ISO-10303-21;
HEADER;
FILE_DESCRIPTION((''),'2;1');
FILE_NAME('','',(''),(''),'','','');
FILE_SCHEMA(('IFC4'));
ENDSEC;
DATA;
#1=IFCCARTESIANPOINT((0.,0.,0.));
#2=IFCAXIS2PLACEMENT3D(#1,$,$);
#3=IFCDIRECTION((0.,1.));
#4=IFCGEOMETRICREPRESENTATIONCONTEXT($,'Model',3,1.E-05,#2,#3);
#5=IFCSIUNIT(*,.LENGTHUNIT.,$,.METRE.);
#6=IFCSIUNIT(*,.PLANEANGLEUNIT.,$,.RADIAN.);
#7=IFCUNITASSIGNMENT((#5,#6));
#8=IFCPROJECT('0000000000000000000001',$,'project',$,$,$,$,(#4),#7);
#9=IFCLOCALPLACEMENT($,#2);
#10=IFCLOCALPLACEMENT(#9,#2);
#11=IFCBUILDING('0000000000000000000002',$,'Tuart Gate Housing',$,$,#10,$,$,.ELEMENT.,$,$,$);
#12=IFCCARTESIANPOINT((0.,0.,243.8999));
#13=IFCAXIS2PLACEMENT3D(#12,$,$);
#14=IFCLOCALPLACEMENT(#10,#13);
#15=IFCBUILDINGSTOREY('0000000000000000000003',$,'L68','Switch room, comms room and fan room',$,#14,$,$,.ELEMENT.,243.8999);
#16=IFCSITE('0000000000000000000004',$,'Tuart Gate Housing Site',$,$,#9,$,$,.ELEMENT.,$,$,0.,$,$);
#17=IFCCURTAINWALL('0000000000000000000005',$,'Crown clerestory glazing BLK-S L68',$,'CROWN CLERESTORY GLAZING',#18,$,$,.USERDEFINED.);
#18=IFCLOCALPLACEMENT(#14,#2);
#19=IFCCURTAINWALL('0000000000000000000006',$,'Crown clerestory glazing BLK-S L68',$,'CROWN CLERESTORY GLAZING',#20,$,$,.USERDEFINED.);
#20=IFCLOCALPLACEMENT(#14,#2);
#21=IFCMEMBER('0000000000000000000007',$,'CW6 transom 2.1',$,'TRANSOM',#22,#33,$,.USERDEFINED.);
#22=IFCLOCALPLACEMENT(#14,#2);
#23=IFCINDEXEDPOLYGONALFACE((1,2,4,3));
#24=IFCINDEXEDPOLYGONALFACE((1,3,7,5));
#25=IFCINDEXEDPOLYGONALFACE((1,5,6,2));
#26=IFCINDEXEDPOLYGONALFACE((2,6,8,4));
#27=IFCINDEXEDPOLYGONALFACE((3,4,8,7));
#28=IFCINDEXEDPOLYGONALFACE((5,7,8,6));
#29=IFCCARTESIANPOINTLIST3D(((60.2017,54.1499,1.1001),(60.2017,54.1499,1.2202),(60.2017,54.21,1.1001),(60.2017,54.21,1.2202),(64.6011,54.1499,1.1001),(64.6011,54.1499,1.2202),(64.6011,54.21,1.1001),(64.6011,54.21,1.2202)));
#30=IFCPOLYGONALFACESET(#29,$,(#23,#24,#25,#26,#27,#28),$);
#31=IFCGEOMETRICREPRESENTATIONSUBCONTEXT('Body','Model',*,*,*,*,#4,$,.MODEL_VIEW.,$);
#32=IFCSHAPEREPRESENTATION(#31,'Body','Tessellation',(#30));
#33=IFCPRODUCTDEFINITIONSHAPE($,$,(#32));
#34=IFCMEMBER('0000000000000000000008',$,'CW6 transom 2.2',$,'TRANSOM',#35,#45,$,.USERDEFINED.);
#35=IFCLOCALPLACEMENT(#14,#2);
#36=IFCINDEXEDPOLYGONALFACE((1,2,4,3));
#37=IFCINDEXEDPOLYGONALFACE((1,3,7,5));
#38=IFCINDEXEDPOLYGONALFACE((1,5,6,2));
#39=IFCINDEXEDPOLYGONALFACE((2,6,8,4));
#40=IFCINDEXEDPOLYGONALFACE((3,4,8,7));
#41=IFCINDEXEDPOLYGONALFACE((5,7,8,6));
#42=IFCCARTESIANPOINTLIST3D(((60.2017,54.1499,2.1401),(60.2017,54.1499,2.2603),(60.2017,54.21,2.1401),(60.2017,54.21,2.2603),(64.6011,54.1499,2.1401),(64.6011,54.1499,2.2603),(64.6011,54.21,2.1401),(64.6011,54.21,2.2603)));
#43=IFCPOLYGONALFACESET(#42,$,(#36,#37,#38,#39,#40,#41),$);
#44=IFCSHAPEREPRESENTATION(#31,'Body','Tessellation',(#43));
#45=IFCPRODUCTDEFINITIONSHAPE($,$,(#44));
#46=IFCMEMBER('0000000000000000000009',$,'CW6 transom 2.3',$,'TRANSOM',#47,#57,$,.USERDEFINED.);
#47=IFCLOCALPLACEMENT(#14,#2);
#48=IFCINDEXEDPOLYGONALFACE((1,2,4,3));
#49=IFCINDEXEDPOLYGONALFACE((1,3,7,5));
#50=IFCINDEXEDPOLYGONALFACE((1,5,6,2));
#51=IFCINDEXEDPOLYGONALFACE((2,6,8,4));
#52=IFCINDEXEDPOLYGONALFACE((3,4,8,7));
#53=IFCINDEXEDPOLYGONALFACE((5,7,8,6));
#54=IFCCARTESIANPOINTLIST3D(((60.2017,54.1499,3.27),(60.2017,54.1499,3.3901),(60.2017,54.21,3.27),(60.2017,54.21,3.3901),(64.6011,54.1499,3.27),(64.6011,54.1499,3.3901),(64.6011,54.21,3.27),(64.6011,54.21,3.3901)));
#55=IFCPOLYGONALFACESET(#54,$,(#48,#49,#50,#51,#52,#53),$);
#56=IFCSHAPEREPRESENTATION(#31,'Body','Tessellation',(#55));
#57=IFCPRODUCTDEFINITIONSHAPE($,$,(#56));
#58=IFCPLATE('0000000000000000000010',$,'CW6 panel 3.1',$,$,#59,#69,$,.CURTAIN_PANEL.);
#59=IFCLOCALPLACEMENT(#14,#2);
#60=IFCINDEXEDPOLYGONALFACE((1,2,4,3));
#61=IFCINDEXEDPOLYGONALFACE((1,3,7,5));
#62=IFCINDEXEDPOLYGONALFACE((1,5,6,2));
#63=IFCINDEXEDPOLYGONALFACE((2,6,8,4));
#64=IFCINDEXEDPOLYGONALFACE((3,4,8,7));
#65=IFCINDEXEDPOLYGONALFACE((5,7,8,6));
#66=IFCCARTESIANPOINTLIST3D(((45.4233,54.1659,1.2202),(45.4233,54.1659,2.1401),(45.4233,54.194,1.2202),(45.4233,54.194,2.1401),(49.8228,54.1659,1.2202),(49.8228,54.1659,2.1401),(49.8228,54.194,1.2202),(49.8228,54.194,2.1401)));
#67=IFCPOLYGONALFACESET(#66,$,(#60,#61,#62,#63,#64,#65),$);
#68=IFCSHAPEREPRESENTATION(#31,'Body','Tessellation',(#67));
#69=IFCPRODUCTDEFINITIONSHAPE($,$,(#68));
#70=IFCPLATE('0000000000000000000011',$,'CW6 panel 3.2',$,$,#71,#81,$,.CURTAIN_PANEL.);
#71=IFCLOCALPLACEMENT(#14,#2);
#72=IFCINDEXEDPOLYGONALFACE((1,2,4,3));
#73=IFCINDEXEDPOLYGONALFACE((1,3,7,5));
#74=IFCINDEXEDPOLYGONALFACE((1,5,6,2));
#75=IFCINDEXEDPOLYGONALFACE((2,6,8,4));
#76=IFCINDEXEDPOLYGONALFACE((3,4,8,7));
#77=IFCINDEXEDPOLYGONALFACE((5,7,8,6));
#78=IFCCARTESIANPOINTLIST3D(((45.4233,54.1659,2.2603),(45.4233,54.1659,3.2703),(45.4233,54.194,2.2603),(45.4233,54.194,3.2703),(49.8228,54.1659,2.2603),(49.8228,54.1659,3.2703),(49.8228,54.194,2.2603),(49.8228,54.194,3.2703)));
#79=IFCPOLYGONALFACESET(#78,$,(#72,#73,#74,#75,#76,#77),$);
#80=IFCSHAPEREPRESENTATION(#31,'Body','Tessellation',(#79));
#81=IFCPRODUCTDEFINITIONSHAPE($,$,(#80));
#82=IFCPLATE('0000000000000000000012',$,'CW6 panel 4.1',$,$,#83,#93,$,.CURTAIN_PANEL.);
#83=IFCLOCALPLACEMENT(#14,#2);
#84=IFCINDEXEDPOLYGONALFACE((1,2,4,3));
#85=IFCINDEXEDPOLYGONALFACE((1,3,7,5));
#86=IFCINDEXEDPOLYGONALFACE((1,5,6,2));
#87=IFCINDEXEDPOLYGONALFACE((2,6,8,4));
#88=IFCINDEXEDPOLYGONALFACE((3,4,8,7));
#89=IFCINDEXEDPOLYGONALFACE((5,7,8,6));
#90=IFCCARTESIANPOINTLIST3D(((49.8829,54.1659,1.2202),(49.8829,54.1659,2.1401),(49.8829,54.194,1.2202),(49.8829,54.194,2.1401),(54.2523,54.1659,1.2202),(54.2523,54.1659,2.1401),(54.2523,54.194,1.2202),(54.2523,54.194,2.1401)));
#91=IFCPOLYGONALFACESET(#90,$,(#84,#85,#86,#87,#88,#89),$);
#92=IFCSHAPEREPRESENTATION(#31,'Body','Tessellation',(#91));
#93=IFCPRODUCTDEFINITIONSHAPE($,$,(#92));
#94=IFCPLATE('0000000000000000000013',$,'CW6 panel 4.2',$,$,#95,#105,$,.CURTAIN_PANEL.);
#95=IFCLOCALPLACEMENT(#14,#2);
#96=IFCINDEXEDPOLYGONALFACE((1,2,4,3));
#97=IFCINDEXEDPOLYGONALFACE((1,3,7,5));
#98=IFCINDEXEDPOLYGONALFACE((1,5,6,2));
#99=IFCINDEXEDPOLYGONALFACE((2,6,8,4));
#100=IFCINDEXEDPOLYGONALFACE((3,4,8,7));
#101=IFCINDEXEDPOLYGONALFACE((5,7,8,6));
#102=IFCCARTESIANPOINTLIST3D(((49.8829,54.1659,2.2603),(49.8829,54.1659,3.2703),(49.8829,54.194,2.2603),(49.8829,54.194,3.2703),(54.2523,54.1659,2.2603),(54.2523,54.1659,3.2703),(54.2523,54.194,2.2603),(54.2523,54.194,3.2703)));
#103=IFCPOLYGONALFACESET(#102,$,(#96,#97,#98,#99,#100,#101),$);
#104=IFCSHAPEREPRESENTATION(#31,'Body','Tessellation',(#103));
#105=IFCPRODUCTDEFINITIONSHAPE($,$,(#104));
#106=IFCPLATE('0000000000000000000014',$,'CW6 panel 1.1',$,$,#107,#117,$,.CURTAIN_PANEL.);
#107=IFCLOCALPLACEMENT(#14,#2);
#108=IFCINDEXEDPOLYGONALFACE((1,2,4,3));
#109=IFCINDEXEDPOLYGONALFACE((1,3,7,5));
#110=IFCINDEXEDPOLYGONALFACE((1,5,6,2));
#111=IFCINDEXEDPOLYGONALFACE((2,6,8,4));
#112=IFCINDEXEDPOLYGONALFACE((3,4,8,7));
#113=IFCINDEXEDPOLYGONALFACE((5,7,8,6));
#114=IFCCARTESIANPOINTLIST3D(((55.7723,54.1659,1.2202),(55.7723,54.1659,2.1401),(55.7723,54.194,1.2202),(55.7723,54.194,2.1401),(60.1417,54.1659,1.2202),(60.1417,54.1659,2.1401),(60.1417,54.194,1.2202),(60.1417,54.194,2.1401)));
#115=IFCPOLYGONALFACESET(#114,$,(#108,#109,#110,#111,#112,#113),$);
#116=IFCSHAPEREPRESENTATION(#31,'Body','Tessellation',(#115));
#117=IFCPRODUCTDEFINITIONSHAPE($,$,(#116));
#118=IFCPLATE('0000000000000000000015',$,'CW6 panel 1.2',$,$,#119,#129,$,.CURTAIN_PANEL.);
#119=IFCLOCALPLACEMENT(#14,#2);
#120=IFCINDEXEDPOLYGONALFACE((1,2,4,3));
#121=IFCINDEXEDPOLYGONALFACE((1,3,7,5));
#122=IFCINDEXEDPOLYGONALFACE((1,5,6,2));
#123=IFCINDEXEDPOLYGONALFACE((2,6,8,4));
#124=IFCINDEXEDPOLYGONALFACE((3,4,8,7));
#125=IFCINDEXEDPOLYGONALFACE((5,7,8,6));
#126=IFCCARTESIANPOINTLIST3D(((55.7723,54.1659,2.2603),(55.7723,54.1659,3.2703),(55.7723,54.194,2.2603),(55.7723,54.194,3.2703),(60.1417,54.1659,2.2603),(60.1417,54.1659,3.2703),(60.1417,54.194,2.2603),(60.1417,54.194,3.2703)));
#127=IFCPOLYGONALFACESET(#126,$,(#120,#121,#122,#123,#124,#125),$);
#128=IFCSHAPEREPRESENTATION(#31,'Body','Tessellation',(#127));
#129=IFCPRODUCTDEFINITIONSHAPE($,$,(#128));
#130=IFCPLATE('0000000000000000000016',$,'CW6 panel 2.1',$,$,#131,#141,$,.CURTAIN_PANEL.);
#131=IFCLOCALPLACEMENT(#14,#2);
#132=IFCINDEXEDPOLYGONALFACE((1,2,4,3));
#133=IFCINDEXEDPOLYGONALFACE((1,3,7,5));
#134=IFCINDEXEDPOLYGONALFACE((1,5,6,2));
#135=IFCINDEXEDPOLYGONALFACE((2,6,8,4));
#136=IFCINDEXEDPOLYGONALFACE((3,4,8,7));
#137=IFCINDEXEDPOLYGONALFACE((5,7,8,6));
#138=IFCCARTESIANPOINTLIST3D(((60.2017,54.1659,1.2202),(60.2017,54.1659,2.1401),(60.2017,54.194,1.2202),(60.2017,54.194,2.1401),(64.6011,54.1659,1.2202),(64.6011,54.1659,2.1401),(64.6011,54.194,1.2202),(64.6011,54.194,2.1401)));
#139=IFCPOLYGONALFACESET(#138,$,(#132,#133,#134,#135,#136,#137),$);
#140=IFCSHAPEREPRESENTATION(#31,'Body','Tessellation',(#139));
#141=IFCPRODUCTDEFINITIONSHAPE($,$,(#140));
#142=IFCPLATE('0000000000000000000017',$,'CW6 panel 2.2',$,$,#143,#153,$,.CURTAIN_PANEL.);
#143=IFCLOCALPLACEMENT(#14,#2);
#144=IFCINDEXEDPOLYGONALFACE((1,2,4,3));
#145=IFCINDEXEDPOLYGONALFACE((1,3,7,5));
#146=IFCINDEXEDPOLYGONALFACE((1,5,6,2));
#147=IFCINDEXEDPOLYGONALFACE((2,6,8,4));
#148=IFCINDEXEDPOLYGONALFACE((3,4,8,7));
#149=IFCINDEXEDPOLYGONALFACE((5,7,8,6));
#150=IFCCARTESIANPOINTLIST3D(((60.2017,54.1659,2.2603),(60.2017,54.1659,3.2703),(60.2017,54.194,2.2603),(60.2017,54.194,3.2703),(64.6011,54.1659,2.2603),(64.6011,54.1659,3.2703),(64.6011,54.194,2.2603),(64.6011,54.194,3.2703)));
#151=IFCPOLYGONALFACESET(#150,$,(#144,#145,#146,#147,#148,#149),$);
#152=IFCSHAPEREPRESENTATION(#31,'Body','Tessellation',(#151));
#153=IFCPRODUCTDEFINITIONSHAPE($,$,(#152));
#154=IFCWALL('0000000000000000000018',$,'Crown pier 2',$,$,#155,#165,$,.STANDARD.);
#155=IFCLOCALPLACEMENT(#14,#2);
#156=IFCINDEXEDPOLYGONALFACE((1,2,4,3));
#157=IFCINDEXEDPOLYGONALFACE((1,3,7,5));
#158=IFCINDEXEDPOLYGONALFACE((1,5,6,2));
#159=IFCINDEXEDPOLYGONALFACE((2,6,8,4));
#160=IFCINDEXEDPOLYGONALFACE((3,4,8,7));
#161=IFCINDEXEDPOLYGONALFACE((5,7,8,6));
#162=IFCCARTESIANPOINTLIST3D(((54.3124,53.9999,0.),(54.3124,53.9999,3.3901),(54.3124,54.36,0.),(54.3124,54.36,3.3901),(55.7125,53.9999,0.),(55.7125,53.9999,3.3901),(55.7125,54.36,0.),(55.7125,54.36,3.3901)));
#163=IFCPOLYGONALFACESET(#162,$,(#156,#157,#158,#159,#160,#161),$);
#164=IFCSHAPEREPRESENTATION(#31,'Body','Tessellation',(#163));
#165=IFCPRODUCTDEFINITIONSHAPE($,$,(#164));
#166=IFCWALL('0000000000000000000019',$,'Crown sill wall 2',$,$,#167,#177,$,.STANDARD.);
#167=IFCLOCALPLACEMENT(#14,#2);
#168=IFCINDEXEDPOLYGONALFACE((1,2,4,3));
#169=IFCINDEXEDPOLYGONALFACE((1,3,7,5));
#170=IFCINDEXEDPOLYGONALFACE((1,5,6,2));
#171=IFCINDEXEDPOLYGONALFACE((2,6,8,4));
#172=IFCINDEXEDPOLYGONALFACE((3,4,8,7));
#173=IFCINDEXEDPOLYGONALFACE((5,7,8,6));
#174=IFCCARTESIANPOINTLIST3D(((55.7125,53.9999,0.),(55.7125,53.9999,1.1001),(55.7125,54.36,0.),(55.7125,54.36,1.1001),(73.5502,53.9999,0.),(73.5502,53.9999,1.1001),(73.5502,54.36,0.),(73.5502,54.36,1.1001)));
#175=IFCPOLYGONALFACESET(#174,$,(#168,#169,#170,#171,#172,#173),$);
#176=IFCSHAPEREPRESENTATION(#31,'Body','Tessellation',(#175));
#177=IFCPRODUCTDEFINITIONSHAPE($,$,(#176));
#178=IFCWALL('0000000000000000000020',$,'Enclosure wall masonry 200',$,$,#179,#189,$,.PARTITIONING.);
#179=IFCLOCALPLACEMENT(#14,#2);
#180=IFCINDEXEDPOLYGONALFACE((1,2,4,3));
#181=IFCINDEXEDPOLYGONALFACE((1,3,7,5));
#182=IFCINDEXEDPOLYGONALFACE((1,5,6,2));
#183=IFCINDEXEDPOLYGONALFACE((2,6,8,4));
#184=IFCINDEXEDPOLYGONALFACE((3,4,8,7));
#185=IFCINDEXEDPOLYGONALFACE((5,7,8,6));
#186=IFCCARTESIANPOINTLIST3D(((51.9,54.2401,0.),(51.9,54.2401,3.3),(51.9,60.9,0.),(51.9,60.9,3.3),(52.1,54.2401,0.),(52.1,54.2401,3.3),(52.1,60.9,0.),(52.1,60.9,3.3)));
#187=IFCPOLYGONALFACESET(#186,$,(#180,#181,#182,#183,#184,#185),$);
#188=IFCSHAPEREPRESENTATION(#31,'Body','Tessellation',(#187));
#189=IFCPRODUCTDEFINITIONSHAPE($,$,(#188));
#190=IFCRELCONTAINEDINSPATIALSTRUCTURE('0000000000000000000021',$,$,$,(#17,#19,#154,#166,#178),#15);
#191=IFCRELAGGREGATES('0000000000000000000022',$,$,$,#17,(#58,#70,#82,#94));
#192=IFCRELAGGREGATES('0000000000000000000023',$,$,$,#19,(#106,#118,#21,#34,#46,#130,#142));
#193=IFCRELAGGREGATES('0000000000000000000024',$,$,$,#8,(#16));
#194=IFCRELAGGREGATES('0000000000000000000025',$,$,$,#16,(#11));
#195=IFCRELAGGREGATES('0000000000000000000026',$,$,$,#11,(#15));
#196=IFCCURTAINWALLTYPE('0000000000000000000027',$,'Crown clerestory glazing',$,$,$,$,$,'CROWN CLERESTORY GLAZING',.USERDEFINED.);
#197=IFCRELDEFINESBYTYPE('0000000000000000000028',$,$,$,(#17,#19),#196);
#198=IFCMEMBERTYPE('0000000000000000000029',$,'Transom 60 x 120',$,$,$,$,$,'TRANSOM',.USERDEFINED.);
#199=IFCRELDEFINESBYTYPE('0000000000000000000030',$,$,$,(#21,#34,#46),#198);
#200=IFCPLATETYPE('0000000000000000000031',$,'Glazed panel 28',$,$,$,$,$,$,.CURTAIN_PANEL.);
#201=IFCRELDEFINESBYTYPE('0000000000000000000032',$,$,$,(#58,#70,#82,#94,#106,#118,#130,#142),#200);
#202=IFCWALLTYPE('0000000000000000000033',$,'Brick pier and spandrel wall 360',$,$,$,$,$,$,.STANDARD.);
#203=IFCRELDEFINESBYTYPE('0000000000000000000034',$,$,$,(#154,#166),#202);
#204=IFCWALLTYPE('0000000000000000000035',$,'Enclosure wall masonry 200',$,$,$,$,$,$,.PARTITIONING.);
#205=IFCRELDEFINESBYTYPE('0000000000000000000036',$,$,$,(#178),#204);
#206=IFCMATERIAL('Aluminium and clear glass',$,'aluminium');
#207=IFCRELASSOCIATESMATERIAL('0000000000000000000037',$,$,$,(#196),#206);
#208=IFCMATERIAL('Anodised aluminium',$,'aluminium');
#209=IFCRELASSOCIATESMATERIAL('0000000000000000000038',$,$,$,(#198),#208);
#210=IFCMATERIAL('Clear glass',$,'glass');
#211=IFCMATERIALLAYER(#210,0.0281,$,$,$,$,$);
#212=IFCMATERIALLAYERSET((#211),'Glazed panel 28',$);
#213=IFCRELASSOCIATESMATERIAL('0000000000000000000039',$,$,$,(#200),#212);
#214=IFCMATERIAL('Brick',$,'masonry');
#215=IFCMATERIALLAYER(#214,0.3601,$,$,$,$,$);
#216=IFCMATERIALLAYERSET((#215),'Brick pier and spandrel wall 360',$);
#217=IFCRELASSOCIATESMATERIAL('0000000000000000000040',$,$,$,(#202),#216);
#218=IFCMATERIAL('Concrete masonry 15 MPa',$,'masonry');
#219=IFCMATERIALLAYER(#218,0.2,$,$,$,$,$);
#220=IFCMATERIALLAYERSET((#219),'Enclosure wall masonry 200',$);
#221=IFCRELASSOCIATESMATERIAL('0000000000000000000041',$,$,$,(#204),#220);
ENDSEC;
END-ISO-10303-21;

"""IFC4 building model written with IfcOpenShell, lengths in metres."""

from ifc_helpers import new_model, si_unit, direction, frame, frame_2d, origin, origin_2d, place, context, subcontext, project, spatial, rectangle, extrude, material, layer, layer_set, material_profile, profile_set, type_object, element, aggregate, save


model = new_model("IFC4")

# Units and contexts
model_context = context("Model", 3, precision=1e-05, world=origin(), true_north=direction((0.0, 1.0)))
body_context = subcontext(model_context, "Body", "Model", "MODEL_VIEW")
ifc_project = project(units=[si_unit("LENGTHUNIT", "METRE"), si_unit("PLANEANGLEUNIT", "RADIAN")], contexts=[model_context])

# Site, building, storey
site_placement = place(None, origin())
site = spatial("IfcSite", under=ifc_project, at=site_placement, Name="Tuart Gate Housing Site", CompositionType="ELEMENT", RefElevation=0.0)
building_placement = place(site_placement, origin())
building = spatial("IfcBuilding", under=site, at=building_placement, Name="Tuart Gate Housing", CompositionType="ELEMENT")
storey_placement = place(building_placement, frame((0.0, 0.0, 243.8999)))
storey = spatial("IfcBuildingStorey", under=building, at=storey_placement, Name="L68", Description="Switch room, comms room and fan room", CompositionType="ELEMENT", Elevation=243.8999)

# Curtain walls
ifc_material_1 = material(Name="Aluminium and clear glass", Category="aluminium")
curtain_wall_type = type_object("IfcCurtainWallType", Name="Crown clerestory glazing", ElementType="CROWN CLERESTORY GLAZING", PredefinedType="USERDEFINED", material=ifc_material_1)
curtain_wall_1_placement = place(storey_placement, origin())
curtain_wall_1 = element("IfcCurtainWall", 1, at=curtain_wall_1_placement, inside=storey, type_object=curtain_wall_type, Name="Crown clerestory glazing BLK-S L68", ObjectType="CROWN CLERESTORY GLAZING", PredefinedType="USERDEFINED")
curtain_wall_2_placement = place(storey_placement, origin())
curtain_wall_2 = element("IfcCurtainWall", 2, at=curtain_wall_2_placement, inside=storey, type_object=curtain_wall_type, Name="Crown clerestory glazing BLK-S L68", ObjectType="CROWN CLERESTORY GLAZING", PredefinedType="USERDEFINED")

# Members
ifc_material_2 = material(Name="Anodised aluminium", Category="aluminium")
ifc_material_profile_1 = material_profile(ifc_material_2, rectangle(XDim=0.0601, YDim=0.1201, at=origin_2d()), Name="60x120")
ifc_profile_set_1 = profile_set([ifc_material_profile_1], Name="Anodised aluminium")
member_type_1 = type_object("IfcMemberType", Name="Transom 60 x 120", ElementType="TRANSOM", PredefinedType="USERDEFINED", material=ifc_profile_set_1)
member_1_placement = place(storey_placement, frame((60.2017, 54.1799, 1.1602), z_axis=(1.0, 0.0, 0.0), x_axis=(0.0, 1.0, 0.0)))
member_1 = element("IfcMember", 3, at=member_1_placement, type_object=member_type_1, Name="CW6 transom 2.1", ObjectType="TRANSOM", PredefinedType="USERDEFINED", context=body_context, shape_type="SweptSolid", body=[
    extrude(rectangle(XDim=0.0601, YDim=0.1201, at=origin_2d()), origin(), (0.0, 0.0, 1.0), 4.3994),
])
member_2_placement = place(storey_placement, frame((60.2017, 54.1799, 2.2002), z_axis=(1.0, 0.0, 0.0), x_axis=(0.0, 1.0, 0.0)))
member_2 = element("IfcMember", 4, at=member_2_placement, type_object=member_type_1, Name="CW6 transom 2.2", ObjectType="TRANSOM", PredefinedType="USERDEFINED", context=body_context, shape_type="SweptSolid", body=[
    extrude(rectangle(XDim=0.0601, YDim=0.1201, at=origin_2d()), origin(), (0.0, 0.0, 1.0), 4.3994),
])
member_3_placement = place(storey_placement, frame((60.2017, 54.1799, 3.3301), z_axis=(1.0, 0.0, 0.0), x_axis=(0.0, 1.0, 0.0)))
member_3 = element("IfcMember", 5, at=member_3_placement, type_object=member_type_1, Name="CW6 transom 2.3", ObjectType="TRANSOM", PredefinedType="USERDEFINED", context=body_context, shape_type="SweptSolid", body=[
    extrude(rectangle(XDim=0.0601, YDim=0.1201, at=origin_2d()), origin(), (0.0, 0.0, 1.0), 4.3994),
])

# Plates
ifc_material_3 = material(Name="Clear glass", Category="glass")
ifc_layer_1 = layer(ifc_material_3, 0.0281)
ifc_layer_set_1 = layer_set([ifc_layer_1], Name="Glazed panel 28")
plate_type = type_object("IfcPlateType", Name="Glazed panel 28", PredefinedType="CURTAIN_PANEL", material=ifc_layer_set_1)
plate_1_placement = place(storey_placement, frame((47.623, 54.1799, 1.2202), z_axis=(0.0, 0.0, 1.0), x_axis=(1.0, 0.0, 0.0)))
plate_1 = element("IfcPlate", 6, at=plate_1_placement, type_object=plate_type, Name="CW6 panel 3.1", PredefinedType="CURTAIN_PANEL", context=body_context, shape_type="SweptSolid", body=[
    extrude(rectangle(XDim=4.3994, YDim=0.0281, at=origin_2d()), origin(), (0.0, 0.0, 1.0), 0.9199),
])
plate_2_placement = place(storey_placement, frame((47.623, 54.1799, 2.2603), z_axis=(0.0, 0.0, 1.0), x_axis=(1.0, 0.0, 0.0)))
plate_2 = element("IfcPlate", 7, at=plate_2_placement, type_object=plate_type, Name="CW6 panel 3.2", PredefinedType="CURTAIN_PANEL", context=body_context, shape_type="SweptSolid", body=[
    extrude(rectangle(XDim=4.3994, YDim=0.0281, at=origin_2d()), origin(), (0.0, 0.0, 1.0), 1.01),
])
plate_3_placement = place(storey_placement, frame((52.0676, 54.1799, 1.2202), z_axis=(0.0, 0.0, 1.0), x_axis=(1.0, 0.0, 0.0)))
plate_3 = element("IfcPlate", 8, at=plate_3_placement, type_object=plate_type, Name="CW6 panel 4.1", PredefinedType="CURTAIN_PANEL", context=body_context, shape_type="SweptSolid", body=[
    extrude(rectangle(XDim=4.3694, YDim=0.0281, at=origin_2d()), origin(), (0.0, 0.0, 1.0), 0.9199),
])
plate_4_placement = place(storey_placement, frame((52.0676, 54.1799, 2.2603), z_axis=(0.0, 0.0, 1.0), x_axis=(1.0, 0.0, 0.0)))
plate_4 = element("IfcPlate", 9, at=plate_4_placement, type_object=plate_type, Name="CW6 panel 4.2", PredefinedType="CURTAIN_PANEL", context=body_context, shape_type="SweptSolid", body=[
    extrude(rectangle(XDim=4.3694, YDim=0.0281, at=origin_2d()), origin(), (0.0, 0.0, 1.0), 1.01),
])
aggregate(curtain_wall_1, [plate_1, plate_2, plate_3, plate_4])
plate_5_placement = place(storey_placement, frame((57.957, 54.1799, 1.2202), z_axis=(0.0, 0.0, 1.0), x_axis=(1.0, 0.0, 0.0)))
plate_5 = element("IfcPlate", 10, at=plate_5_placement, type_object=plate_type, Name="CW6 panel 1.1", PredefinedType="CURTAIN_PANEL", context=body_context, shape_type="SweptSolid", body=[
    extrude(rectangle(XDim=4.3694, YDim=0.0281, at=origin_2d()), origin(), (0.0, 0.0, 1.0), 0.9199),
])
plate_6_placement = place(storey_placement, frame((57.957, 54.1799, 2.2603), z_axis=(0.0, 0.0, 1.0), x_axis=(1.0, 0.0, 0.0)))
plate_6 = element("IfcPlate", 11, at=plate_6_placement, type_object=plate_type, Name="CW6 panel 1.2", PredefinedType="CURTAIN_PANEL", context=body_context, shape_type="SweptSolid", body=[
    extrude(rectangle(XDim=4.3694, YDim=0.0281, at=origin_2d()), origin(), (0.0, 0.0, 1.0), 1.01),
])
plate_7_placement = place(storey_placement, frame((62.4014, 54.1799, 1.2202), z_axis=(0.0, 0.0, 1.0), x_axis=(1.0, 0.0, 0.0)))
plate_7 = element("IfcPlate", 12, at=plate_7_placement, type_object=plate_type, Name="CW6 panel 2.1", PredefinedType="CURTAIN_PANEL", context=body_context, shape_type="SweptSolid", body=[
    extrude(rectangle(XDim=4.3994, YDim=0.0281, at=origin_2d()), origin(), (0.0, 0.0, 1.0), 0.9199),
])
plate_8_placement = place(storey_placement, frame((62.4014, 54.1799, 2.2603), z_axis=(0.0, 0.0, 1.0), x_axis=(1.0, 0.0, 0.0)))
plate_8 = element("IfcPlate", 13, at=plate_8_placement, type_object=plate_type, Name="CW6 panel 2.2", PredefinedType="CURTAIN_PANEL", context=body_context, shape_type="SweptSolid", body=[
    extrude(rectangle(XDim=4.3994, YDim=0.0281, at=origin_2d()), origin(), (0.0, 0.0, 1.0), 1.01),
])
aggregate(curtain_wall_2, [plate_5, plate_6, member_1, member_2, member_3, plate_7, plate_8])

# Walls
ifc_material_4 = material(Name="Brick", Category="masonry")
ifc_layer_2 = layer(ifc_material_4, 0.3601)
ifc_layer_set_2 = layer_set([ifc_layer_2], Name="Brick pier and spandrel wall 360")
wall_type_1 = type_object("IfcWallType", Name="Brick pier and spandrel wall 360", PredefinedType="STANDARD", material=ifc_layer_set_2)
wall_1_placement = place(storey_placement, frame((54.3123, 54.1799, 0.0), z_axis=(0.0, 0.0, 1.0), x_axis=(1.0, 0.0, 0.0)))
element("IfcWall", 14, at=wall_1_placement, inside=storey, type_object=wall_type_1, Name="Crown pier 2", PredefinedType="STANDARD", context=body_context, shape_type="SweptSolid", body=[
    extrude(rectangle(XDim=1.4001, YDim=0.3601, at=frame_2d((0.7002, 0.0))), origin(), (0.0, 0.0, 1.0), 3.3901),
])
wall_2_placement = place(storey_placement, frame((55.7124, 54.1799, 0.0), z_axis=(0.0, 0.0, 1.0), x_axis=(1.0, 0.0, 0.0)))
element("IfcWall", 15, at=wall_2_placement, inside=storey, type_object=wall_type_1, Name="Crown sill wall 2", PredefinedType="STANDARD", context=body_context, shape_type="SweptSolid", body=[
    extrude(rectangle(XDim=17.8376, YDim=0.3601, at=frame_2d((8.9189, 0.0))), origin(), (0.0, 0.0, 1.0), 1.1001),
])
ifc_material_5 = material(Name="Concrete masonry 15 MPa", Category="masonry")
ifc_layer_3 = layer(ifc_material_5, 0.2)
ifc_layer_set_3 = layer_set([ifc_layer_3], Name="Enclosure wall masonry 200")
wall_type_2 = type_object("IfcWallType", Name="Enclosure wall masonry 200", PredefinedType="PARTITIONING", material=ifc_layer_set_3)
for number, where, z_axis, x_axis, name in (
    (16, (52.0, 54.24, 0.0), (0.0, 0.0, 1.0), (0.0, 1.0, 0.0), "Enclosure wall masonry 200"),
):
    element("IfcWall", number, at=place(storey_placement, frame(where, z_axis=z_axis, x_axis=x_axis)), inside=storey, type_object=wall_type_2, Name=name, PredefinedType="PARTITIONING", context=body_context, shape_type="SweptSolid", body=[
        extrude(rectangle(XDim=6.6599, YDim=0.2, at=frame_2d((3.3301, 0.0))), origin(), (0.0, 0.0, 1.0), 3.3),
    ])

save(model, "model.ifc")
